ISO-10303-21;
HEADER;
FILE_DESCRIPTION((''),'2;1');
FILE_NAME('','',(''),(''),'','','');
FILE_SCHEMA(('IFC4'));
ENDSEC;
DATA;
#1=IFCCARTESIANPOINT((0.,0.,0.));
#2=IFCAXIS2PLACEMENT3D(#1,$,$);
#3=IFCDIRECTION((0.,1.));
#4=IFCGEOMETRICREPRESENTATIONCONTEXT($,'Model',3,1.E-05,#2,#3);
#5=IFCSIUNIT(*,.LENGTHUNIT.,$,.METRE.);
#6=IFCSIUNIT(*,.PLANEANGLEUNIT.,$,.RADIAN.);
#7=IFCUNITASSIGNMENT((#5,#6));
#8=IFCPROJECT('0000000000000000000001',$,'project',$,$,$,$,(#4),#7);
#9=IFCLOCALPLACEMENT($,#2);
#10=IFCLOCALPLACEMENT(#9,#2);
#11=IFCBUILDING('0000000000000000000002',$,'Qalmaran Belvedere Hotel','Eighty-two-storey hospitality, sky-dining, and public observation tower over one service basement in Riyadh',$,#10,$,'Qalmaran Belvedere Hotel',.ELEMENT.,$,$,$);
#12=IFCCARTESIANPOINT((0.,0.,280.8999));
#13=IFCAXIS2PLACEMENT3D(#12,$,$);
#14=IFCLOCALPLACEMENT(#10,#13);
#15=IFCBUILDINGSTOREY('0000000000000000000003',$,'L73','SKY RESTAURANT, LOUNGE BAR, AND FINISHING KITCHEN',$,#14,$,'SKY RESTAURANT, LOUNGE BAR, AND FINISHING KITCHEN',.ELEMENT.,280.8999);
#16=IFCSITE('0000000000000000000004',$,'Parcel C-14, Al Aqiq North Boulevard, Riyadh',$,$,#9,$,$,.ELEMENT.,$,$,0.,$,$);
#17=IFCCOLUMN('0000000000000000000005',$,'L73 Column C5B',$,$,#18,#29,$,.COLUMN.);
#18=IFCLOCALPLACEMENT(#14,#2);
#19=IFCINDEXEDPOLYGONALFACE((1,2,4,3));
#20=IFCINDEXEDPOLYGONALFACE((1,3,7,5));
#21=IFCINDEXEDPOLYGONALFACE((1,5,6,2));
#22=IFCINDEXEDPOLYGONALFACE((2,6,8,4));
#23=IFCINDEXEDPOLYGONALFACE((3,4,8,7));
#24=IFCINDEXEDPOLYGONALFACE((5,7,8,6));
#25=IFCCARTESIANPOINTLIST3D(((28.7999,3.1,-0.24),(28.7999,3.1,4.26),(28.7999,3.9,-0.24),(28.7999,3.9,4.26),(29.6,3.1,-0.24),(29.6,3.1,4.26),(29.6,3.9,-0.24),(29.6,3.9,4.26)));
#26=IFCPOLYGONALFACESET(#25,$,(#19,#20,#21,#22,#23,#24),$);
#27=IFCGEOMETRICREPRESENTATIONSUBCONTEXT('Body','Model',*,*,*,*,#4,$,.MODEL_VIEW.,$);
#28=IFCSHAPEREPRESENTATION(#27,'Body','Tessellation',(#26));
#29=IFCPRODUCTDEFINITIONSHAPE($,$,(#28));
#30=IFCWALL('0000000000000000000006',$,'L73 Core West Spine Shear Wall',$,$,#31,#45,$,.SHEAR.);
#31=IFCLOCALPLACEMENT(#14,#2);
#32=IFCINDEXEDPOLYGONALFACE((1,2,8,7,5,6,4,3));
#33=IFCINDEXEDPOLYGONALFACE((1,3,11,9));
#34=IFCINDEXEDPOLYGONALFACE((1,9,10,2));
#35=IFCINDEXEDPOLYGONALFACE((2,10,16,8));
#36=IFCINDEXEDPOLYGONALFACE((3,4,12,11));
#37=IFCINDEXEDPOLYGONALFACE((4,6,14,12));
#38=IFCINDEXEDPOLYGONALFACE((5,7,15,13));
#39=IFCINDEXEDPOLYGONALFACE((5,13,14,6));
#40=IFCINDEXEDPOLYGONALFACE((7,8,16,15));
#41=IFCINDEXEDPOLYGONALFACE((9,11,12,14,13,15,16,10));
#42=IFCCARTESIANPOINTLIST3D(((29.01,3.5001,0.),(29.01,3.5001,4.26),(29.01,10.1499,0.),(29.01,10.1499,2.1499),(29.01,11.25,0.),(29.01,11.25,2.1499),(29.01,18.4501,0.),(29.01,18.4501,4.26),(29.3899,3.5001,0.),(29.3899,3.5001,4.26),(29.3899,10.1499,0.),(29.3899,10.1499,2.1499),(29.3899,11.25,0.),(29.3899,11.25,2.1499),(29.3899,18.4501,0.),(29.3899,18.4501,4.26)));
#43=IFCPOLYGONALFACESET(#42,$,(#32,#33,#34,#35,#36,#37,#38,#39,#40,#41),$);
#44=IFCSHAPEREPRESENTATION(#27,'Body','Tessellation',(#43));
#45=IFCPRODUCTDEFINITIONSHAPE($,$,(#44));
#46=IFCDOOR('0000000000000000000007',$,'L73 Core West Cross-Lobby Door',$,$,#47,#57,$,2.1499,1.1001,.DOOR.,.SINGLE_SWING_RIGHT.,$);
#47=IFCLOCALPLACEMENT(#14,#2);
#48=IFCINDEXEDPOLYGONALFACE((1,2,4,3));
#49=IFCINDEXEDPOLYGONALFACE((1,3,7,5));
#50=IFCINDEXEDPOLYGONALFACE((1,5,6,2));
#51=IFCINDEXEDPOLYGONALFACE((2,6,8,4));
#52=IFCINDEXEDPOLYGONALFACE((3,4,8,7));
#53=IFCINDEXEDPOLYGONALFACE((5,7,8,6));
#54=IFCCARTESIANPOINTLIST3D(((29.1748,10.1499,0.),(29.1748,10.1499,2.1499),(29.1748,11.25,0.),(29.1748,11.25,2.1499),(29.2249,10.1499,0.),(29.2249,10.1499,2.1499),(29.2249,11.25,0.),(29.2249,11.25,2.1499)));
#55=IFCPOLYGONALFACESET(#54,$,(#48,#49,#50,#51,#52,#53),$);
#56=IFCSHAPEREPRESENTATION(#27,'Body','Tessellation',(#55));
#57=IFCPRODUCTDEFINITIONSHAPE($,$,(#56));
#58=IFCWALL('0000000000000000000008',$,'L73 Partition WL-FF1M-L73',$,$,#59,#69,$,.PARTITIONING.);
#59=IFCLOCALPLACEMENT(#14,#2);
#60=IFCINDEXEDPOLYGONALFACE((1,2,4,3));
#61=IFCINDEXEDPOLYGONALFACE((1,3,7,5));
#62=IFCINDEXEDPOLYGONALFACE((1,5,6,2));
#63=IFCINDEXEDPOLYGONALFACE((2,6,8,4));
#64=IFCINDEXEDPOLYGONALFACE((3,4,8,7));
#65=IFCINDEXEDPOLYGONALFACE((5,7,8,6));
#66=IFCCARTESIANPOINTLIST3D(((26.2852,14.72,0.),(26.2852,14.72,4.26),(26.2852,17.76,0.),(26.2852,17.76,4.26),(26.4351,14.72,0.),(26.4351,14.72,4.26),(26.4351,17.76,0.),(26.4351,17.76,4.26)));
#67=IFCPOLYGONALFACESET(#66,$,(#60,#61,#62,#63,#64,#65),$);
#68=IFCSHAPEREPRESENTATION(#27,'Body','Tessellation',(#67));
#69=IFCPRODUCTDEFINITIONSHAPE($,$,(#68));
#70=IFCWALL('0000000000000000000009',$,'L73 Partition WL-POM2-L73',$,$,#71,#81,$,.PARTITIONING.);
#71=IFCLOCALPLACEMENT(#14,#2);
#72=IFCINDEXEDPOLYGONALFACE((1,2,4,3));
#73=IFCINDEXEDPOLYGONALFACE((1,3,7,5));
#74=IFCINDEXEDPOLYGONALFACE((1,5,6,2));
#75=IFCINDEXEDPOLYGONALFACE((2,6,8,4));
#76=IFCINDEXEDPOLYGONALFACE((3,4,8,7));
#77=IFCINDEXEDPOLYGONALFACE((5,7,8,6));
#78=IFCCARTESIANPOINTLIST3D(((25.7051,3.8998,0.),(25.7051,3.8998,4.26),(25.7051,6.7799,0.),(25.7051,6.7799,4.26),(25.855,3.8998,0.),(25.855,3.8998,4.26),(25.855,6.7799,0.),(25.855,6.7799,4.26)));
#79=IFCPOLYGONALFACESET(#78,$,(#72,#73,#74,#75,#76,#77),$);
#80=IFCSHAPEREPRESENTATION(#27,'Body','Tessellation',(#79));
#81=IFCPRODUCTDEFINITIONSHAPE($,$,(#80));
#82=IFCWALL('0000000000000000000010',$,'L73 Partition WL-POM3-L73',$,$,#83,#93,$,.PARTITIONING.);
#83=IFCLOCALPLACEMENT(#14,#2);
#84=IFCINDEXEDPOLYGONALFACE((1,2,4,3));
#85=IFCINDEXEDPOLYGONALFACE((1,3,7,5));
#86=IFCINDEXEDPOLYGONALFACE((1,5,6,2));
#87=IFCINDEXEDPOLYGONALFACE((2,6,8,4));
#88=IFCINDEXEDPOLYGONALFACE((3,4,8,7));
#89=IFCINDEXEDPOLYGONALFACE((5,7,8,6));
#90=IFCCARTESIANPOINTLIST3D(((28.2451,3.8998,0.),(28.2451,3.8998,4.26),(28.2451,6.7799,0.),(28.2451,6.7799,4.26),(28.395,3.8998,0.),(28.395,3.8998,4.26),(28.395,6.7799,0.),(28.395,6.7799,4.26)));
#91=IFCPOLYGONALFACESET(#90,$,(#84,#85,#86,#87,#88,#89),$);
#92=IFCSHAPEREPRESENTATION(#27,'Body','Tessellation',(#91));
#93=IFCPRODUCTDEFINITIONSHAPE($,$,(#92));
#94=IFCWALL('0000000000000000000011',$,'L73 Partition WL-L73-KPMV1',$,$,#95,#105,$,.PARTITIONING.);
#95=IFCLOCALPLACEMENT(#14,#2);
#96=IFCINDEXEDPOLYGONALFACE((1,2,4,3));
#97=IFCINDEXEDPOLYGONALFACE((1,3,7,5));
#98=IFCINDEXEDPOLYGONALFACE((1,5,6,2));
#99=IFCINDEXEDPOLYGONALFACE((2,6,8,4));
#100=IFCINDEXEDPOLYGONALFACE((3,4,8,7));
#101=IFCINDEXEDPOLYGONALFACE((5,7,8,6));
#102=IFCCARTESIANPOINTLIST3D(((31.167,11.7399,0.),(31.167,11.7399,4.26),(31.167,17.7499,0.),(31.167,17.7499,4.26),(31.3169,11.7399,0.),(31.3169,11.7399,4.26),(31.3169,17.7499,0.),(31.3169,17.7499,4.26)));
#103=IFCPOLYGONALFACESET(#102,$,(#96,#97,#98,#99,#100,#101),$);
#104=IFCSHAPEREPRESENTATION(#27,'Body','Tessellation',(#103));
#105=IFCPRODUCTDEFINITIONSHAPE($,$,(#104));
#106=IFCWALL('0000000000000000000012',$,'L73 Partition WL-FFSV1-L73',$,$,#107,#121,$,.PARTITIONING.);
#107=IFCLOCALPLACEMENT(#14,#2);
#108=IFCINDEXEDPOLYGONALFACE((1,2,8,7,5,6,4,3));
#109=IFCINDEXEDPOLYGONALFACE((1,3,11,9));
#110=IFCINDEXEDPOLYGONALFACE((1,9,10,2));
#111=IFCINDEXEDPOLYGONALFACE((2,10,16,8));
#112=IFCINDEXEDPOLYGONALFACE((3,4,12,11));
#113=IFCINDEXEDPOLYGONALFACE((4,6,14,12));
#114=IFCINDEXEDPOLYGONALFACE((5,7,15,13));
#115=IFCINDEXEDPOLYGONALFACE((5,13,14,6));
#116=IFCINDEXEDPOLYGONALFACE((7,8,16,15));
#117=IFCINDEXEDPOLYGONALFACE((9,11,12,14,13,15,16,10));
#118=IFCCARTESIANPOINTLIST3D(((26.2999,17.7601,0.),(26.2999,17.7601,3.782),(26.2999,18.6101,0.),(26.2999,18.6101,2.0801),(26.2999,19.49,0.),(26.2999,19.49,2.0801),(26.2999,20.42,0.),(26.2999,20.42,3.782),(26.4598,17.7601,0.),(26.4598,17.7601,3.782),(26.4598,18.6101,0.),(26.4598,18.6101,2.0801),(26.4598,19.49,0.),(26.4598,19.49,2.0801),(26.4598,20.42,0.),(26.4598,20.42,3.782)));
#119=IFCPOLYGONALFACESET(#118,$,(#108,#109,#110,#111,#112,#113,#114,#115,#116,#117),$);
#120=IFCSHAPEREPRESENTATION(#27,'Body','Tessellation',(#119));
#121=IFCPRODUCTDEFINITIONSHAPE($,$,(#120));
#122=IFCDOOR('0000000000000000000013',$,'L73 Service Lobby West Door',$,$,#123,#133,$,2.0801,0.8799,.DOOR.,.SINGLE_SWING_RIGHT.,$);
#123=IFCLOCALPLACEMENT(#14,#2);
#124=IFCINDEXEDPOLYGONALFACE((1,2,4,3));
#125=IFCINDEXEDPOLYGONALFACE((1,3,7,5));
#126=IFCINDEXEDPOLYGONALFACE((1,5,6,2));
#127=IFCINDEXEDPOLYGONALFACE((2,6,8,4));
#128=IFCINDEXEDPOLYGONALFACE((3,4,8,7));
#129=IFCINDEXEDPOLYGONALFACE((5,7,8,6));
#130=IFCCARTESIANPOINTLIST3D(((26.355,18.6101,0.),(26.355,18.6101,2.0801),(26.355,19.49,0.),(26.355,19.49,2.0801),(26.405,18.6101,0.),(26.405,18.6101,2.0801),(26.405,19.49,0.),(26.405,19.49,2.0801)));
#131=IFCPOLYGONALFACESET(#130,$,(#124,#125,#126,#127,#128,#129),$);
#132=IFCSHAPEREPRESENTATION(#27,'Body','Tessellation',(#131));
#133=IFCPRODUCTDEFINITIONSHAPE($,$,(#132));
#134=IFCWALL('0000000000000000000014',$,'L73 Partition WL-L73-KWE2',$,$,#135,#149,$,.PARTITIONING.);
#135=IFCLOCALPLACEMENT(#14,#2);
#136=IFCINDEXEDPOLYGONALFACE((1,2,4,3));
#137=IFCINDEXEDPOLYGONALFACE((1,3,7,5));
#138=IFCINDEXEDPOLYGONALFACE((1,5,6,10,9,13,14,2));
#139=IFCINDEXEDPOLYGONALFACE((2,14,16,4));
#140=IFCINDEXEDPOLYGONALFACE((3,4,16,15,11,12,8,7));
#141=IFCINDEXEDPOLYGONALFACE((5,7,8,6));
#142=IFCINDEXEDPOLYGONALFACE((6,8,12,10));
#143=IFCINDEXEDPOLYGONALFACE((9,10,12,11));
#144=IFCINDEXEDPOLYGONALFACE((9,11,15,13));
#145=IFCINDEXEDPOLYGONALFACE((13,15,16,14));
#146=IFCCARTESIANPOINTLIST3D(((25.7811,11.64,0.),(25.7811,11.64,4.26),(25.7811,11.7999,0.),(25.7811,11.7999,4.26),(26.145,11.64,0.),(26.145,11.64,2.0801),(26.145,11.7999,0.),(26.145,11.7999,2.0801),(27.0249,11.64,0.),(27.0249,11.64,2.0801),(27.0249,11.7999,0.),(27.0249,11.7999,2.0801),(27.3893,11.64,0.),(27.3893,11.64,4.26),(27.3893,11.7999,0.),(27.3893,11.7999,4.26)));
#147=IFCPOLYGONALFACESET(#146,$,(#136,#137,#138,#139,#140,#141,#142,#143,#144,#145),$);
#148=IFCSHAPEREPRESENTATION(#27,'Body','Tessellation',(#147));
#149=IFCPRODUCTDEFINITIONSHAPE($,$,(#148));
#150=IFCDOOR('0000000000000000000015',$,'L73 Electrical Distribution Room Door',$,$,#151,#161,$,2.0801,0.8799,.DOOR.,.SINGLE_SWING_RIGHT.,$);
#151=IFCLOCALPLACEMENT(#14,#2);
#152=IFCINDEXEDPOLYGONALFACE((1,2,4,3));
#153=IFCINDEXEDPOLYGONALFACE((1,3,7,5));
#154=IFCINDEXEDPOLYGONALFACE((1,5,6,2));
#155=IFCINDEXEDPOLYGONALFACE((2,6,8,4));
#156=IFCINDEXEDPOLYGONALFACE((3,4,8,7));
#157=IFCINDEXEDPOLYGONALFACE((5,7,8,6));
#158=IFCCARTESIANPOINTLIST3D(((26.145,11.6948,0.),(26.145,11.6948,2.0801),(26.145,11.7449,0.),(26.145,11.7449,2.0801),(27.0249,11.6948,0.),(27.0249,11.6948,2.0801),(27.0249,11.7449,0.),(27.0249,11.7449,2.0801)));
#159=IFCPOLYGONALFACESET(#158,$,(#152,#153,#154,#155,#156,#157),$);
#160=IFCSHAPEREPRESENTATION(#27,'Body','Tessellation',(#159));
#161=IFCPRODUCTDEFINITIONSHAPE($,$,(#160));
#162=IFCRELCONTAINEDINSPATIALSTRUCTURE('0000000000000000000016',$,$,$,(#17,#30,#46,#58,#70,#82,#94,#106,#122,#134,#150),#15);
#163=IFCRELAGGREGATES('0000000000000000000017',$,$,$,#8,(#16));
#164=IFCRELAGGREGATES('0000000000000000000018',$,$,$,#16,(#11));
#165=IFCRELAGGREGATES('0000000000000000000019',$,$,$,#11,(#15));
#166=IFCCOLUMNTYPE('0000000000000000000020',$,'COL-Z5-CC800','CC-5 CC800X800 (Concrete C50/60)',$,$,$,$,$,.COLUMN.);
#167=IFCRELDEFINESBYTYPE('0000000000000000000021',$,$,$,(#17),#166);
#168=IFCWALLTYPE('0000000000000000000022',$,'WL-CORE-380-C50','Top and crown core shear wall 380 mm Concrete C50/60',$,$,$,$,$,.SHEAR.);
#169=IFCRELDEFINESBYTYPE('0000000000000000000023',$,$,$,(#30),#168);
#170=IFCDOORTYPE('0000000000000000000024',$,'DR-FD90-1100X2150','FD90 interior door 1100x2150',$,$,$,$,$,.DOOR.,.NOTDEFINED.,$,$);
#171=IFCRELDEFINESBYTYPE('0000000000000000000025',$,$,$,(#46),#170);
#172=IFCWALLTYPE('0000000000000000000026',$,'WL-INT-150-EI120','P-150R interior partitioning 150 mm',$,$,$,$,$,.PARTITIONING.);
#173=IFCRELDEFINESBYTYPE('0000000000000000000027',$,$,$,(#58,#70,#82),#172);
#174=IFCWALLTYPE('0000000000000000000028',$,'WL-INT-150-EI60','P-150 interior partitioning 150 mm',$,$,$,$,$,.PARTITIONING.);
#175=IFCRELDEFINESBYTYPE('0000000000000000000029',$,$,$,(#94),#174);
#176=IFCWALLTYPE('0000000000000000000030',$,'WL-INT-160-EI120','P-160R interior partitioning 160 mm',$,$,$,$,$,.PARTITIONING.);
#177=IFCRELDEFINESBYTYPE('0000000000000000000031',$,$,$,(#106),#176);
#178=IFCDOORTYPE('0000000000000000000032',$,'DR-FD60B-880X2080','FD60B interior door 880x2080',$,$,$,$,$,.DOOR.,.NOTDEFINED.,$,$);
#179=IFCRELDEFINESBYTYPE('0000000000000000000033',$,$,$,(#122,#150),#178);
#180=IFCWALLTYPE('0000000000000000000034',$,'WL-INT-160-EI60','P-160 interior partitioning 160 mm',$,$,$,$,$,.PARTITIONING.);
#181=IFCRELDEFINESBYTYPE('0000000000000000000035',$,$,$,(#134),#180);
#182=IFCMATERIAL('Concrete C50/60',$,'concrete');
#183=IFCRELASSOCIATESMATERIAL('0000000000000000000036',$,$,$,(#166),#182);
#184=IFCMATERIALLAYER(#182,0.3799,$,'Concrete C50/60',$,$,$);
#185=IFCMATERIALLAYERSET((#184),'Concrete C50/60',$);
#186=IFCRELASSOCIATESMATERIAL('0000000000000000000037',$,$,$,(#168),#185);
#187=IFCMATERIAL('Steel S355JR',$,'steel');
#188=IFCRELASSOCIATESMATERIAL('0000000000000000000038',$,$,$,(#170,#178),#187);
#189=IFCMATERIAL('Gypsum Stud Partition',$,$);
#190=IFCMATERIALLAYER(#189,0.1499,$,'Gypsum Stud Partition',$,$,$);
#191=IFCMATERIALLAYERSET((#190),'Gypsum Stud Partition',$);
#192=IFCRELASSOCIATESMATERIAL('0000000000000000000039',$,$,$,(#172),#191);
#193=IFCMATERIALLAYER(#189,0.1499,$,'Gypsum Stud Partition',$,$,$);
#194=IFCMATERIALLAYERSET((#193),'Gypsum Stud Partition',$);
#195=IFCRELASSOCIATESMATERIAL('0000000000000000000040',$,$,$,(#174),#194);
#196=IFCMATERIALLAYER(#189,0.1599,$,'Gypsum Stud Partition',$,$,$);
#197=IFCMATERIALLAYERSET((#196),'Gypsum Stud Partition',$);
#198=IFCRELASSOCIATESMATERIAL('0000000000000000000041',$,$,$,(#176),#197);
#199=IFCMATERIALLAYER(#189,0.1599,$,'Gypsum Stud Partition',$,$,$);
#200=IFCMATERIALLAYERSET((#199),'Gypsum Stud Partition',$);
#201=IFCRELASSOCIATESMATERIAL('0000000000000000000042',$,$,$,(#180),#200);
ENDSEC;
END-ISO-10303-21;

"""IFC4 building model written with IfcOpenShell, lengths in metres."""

from ifc_helpers import new_model, si_unit, direction, frame, frame_2d, origin, origin_2d, place, context, subcontext, project, spatial, rectangle, extrude, material, layer, layer_set, material_profile, profile_set, type_object, element, fill, save


model = new_model("IFC4")

# Units and contexts
model_context = context("Model", 3, precision=1e-05, world=origin(), true_north=direction((0.0, 1.0)))
body_context = subcontext(model_context, "Body", "Model", "MODEL_VIEW")
ifc_project = project(units=[si_unit("LENGTHUNIT", "METRE"), si_unit("PLANEANGLEUNIT", "RADIAN")], contexts=[model_context])

# Site, building, storey
site_placement = place(None, origin())
site = spatial("IfcSite", under=ifc_project, at=site_placement, Name="Parcel C-14, Al Aqiq North Boulevard, Riyadh", CompositionType="ELEMENT", RefElevation=0.0)
building_placement = place(site_placement, origin())
building = spatial("IfcBuilding", under=site, at=building_placement, Name="Qalmaran Belvedere Hotel", Description="Eighty-two-storey hospitality, sky-dining, and public observation tower over one service basement in Riyadh", LongName="Qalmaran Belvedere Hotel", CompositionType="ELEMENT")
storey_placement = place(building_placement, frame((0.0, 0.0, 280.8999)))
storey = spatial("IfcBuildingStorey", under=building, at=storey_placement, Name="L73", Description="SKY RESTAURANT, LOUNGE BAR, AND FINISHING KITCHEN", LongName="SKY RESTAURANT, LOUNGE BAR, AND FINISHING KITCHEN", CompositionType="ELEMENT", Elevation=280.8999)

# Column
ifc_material_1 = material(Name="Concrete C50/60", Category="concrete")
ifc_material_profile = material_profile(ifc_material_1, rectangle(XDim=0.8, YDim=0.8, at=origin_2d()), Name="CC800X800")
ifc_profile_set = profile_set([ifc_material_profile], Name="Concrete C50/60")
column_type = type_object("IfcColumnType", Name="COL-Z5-CC800", Description="CC-5 CC800X800 (Concrete C50/60)", PredefinedType="COLUMN", material=ifc_profile_set)
column_placement = place(storey_placement, frame((29.2, 3.5, -0.24), z_axis=(0.0, 0.0, 1.0), x_axis=(1.0, 0.0, 0.0)))
element("IfcColumn", 1, at=column_placement, inside=storey, type_object=column_type, Name="L73 Column C5B", PredefinedType="COLUMN", context=body_context, shape_type="SweptSolid", body=[
    extrude(rectangle(XDim=0.8, YDim=0.8, at=origin_2d()), origin(), (0.0, 0.0, 1.0), 4.5),
])

# Wall, opening, door
ifc_layer_1 = layer(ifc_material_1, 0.3799, Name="Concrete C50/60")
ifc_layer_set_1 = layer_set([ifc_layer_1], Name="Concrete C50/60")
wall_type_1 = type_object("IfcWallType", Name="WL-CORE-380-C50", Description="Top and crown core shear wall 380 mm Concrete C50/60", PredefinedType="SHEAR", material=ifc_layer_set_1)
wall_1_placement = place(storey_placement, frame((29.2, 3.5, 0.0), z_axis=(0.0, 0.0, 1.0), x_axis=(0.0, 1.0, 0.0)))
wall_1 = element("IfcWall", 2, at=wall_1_placement, inside=storey, type_object=wall_type_1, Name="L73 Core West Spine Shear Wall", PredefinedType="SHEAR", context=body_context, shape_type="SweptSolid", body=[
    extrude(rectangle(XDim=14.95, YDim=0.3799, at=frame_2d((7.4751, 0.0))), origin(), (0.0, 0.0, 1.0), 4.26),
])
opening_1_placement = place(wall_1_placement, frame((7.75, 0.0, 0.0), z_axis=(0.0, 0.0, 1.0), x_axis=(-1.0, 0.0, 0.0)))
opening_1 = element("IfcOpeningElement", 3, at=opening_1_placement, cuts=wall_1, PredefinedType="OPENING", context=body_context, shape_type="SweptSolid", body=[
    extrude(rectangle(XDim=1.1001, YDim=2.1499, at=frame_2d((0.55, 1.075))), frame((0.0, 0.2, 0.0), z_axis=(0.0, -1.0, 0.0), x_axis=(1.0, 0.0, 0.0)), (0.0, 0.0, 1.0), 0.3999),
])
ifc_material_2 = material(Name="Steel S355JR", Category="steel")
door_type_1 = type_object("IfcDoorType", Name="DR-FD90-1100X2150", Description="FD90 interior door 1100x2150", OperationType="NOTDEFINED", PredefinedType="DOOR", material=ifc_material_2)
door_1_placement = place(opening_1_placement, origin())
door_1 = element("IfcDoor", 4, at=door_1_placement, inside=storey, type_object=door_type_1, Name="L73 Core West Cross-Lobby Door", OperationType="SINGLE_SWING_RIGHT", OverallHeight=2.1499, OverallWidth=1.1001, PredefinedType="DOOR", context=body_context, shape_type="SweptSolid", body=[
    extrude(rectangle(XDim=1.1001, YDim=2.1499, at=frame_2d((0.55, 1.075))), frame((0.0, 0.0249, 0.0), z_axis=(0.0, -1.0, 0.0), x_axis=(1.0, 0.0, 0.0)), (0.0, 0.0, 1.0), 0.05),
])
fill(opening_1, door_1)

# Walls
ifc_material_3 = material(Name="Gypsum Stud Partition")
ifc_layer_2 = layer(ifc_material_3, 0.1499, Name="Gypsum Stud Partition")
ifc_layer_set_2 = layer_set([ifc_layer_2], Name="Gypsum Stud Partition")
wall_type_2 = type_object("IfcWallType", Name="WL-INT-150-EI120", Description="P-150R interior partitioning 150 mm", PredefinedType="PARTITIONING", material=ifc_layer_set_2)
wall_2_placement = place(storey_placement, frame((26.3601, 14.72, 0.0), z_axis=(0.0, 0.0, 1.0), x_axis=(0.0, 1.0, 0.0)))
element("IfcWall", 5, at=wall_2_placement, inside=storey, type_object=wall_type_2, Name="L73 Partition WL-FF1M-L73", PredefinedType="PARTITIONING", context=body_context, shape_type="SweptSolid", body=[
    extrude(rectangle(XDim=3.04, YDim=0.1499, at=frame_2d((1.52, 0.0))), origin(), (0.0, 0.0, 1.0), 4.26),
])
for number, where, z_axis, x_axis, name in (
    (6, (25.78, 3.8999, 0.0), (0.0, 0.0, 1.0), (0.0, 1.0, 0.0), "L73 Partition WL-POM2-L73"),
    (7, (28.3201, 3.8999, 0.0), (0.0, 0.0, 1.0), (0.0, 1.0, 0.0), "L73 Partition WL-POM3-L73"),
):
    element("IfcWall", number, at=place(storey_placement, frame(where, z_axis=z_axis, x_axis=x_axis)), inside=storey, type_object=wall_type_2, Name=name, PredefinedType="PARTITIONING", context=body_context, shape_type="SweptSolid", body=[
        extrude(rectangle(XDim=2.8801, YDim=0.1499, at=frame_2d((1.4399, 0.0))), origin(), (0.0, 0.0, 1.0), 4.26),
    ])
ifc_layer_3 = layer(ifc_material_3, 0.1499, Name="Gypsum Stud Partition")
ifc_layer_set_3 = layer_set([ifc_layer_3], Name="Gypsum Stud Partition")
wall_type_3 = type_object("IfcWallType", Name="WL-INT-150-EI60", Description="P-150 interior partitioning 150 mm", PredefinedType="PARTITIONING", material=ifc_layer_set_3)
wall_3_placement = place(storey_placement, frame((31.2419, 11.74, 0.0), z_axis=(0.0, 0.0, 1.0), x_axis=(0.0, 1.0, 0.0)))
element("IfcWall", 8, at=wall_3_placement, inside=storey, type_object=wall_type_3, Name="L73 Partition WL-L73-KPMV1", PredefinedType="PARTITIONING", context=body_context, shape_type="SweptSolid", body=[
    extrude(rectangle(XDim=6.01, YDim=0.1499, at=frame_2d((3.0049, 0.0))), origin(), (0.0, 0.0, 1.0), 4.26),
])

# Walls, openings, doors
ifc_layer_4 = layer(ifc_material_3, 0.1599, Name="Gypsum Stud Partition")
ifc_layer_set_4 = layer_set([ifc_layer_4], Name="Gypsum Stud Partition")
wall_type_4 = type_object("IfcWallType", Name="WL-INT-160-EI120", Description="P-160R interior partitioning 160 mm", PredefinedType="PARTITIONING", material=ifc_layer_set_4)
wall_4_placement = place(storey_placement, frame((26.3799, 17.76, 0.0), z_axis=(0.0, 0.0, 1.0), x_axis=(0.0, 1.0, 0.0)))
wall_4 = element("IfcWall", 9, at=wall_4_placement, inside=storey, type_object=wall_type_4, Name="L73 Partition WL-FFSV1-L73", PredefinedType="PARTITIONING", context=body_context, shape_type="SweptSolid", body=[
    extrude(rectangle(XDim=2.6599, YDim=0.1599, at=frame_2d((1.3301, 0.0))), origin(), (0.0, 0.0, 1.0), 3.782),
])
opening_2_placement = place(wall_4_placement, frame((0.8501, 0.0, 0.0)))
opening_2 = element("IfcOpeningElement", 10, at=opening_2_placement, cuts=wall_4, PredefinedType="OPENING", context=body_context, shape_type="SweptSolid", body=[
    extrude(rectangle(XDim=0.8799, YDim=2.0801, at=frame_2d((0.4399, 1.04))), frame((0.0, 0.0898, 0.0), z_axis=(0.0, -1.0, 0.0), x_axis=(1.0, 0.0, 0.0)), (0.0, 0.0, 1.0), 0.1799),
])
door_type_2 = type_object("IfcDoorType", Name="DR-FD60B-880X2080", Description="FD60B interior door 880x2080", OperationType="NOTDEFINED", PredefinedType="DOOR", material=ifc_material_2)
door_2_placement = place(opening_2_placement, origin())
door_2 = element("IfcDoor", 11, at=door_2_placement, inside=storey, type_object=door_type_2, Name="L73 Service Lobby West Door", OperationType="SINGLE_SWING_RIGHT", OverallHeight=2.0801, OverallWidth=0.8799, PredefinedType="DOOR", context=body_context, shape_type="SweptSolid", body=[
    extrude(rectangle(XDim=0.8799, YDim=2.0801, at=frame_2d((0.4399, 1.04))), frame((0.0, 0.0249, 0.0), z_axis=(0.0, -1.0, 0.0), x_axis=(1.0, 0.0, 0.0)), (0.0, 0.0, 1.0), 0.05),
])
fill(opening_2, door_2)
ifc_layer_5 = layer(ifc_material_3, 0.1599, Name="Gypsum Stud Partition")
ifc_layer_set_5 = layer_set([ifc_layer_5], Name="Gypsum Stud Partition")
wall_type_5 = type_object("IfcWallType", Name="WL-INT-160-EI60", Description="P-160 interior partitioning 160 mm", PredefinedType="PARTITIONING", material=ifc_layer_set_5)
wall_5_placement = place(storey_placement, frame((25.781, 11.72, 0.0), z_axis=(0.0, 0.0, 1.0), x_axis=(1.0, 0.0, 0.0)))
wall_5 = element("IfcWall", 12, at=wall_5_placement, inside=storey, type_object=wall_type_5, Name="L73 Partition WL-L73-KWE2", PredefinedType="PARTITIONING", context=body_context, shape_type="SweptSolid", body=[
    extrude(rectangle(XDim=1.6082, YDim=0.1599, at=frame_2d((0.8042, 0.0))), origin(), (0.0, 0.0, 1.0), 4.26),
])
opening_3_placement = place(wall_5_placement, frame((0.364, 0.0, 0.0)))
opening_3 = element("IfcOpeningElement", 13, at=opening_3_placement, cuts=wall_5, PredefinedType="OPENING", context=body_context, shape_type="SweptSolid", body=[
    extrude(rectangle(XDim=0.8799, YDim=2.0801, at=frame_2d((0.4399, 1.04))), frame((0.0, 0.0898, 0.0), z_axis=(0.0, -1.0, 0.0), x_axis=(1.0, 0.0, 0.0)), (0.0, 0.0, 1.0), 0.1799),
])
door_3_placement = place(opening_3_placement, origin())
door_3 = element("IfcDoor", 14, at=door_3_placement, inside=storey, type_object=door_type_2, Name="L73 Electrical Distribution Room Door", OperationType="SINGLE_SWING_RIGHT", OverallHeight=2.0801, OverallWidth=0.8799, PredefinedType="DOOR", context=body_context, shape_type="SweptSolid", body=[
    extrude(rectangle(XDim=0.8799, YDim=2.0801, at=frame_2d((0.4399, 1.04))), frame((0.0, 0.0249, 0.0), z_axis=(0.0, -1.0, 0.0), x_axis=(1.0, 0.0, 0.0)), (0.0, 0.0, 1.0), 0.05),
])
fill(opening_3, door_3)

save(model, "model.ifc")
